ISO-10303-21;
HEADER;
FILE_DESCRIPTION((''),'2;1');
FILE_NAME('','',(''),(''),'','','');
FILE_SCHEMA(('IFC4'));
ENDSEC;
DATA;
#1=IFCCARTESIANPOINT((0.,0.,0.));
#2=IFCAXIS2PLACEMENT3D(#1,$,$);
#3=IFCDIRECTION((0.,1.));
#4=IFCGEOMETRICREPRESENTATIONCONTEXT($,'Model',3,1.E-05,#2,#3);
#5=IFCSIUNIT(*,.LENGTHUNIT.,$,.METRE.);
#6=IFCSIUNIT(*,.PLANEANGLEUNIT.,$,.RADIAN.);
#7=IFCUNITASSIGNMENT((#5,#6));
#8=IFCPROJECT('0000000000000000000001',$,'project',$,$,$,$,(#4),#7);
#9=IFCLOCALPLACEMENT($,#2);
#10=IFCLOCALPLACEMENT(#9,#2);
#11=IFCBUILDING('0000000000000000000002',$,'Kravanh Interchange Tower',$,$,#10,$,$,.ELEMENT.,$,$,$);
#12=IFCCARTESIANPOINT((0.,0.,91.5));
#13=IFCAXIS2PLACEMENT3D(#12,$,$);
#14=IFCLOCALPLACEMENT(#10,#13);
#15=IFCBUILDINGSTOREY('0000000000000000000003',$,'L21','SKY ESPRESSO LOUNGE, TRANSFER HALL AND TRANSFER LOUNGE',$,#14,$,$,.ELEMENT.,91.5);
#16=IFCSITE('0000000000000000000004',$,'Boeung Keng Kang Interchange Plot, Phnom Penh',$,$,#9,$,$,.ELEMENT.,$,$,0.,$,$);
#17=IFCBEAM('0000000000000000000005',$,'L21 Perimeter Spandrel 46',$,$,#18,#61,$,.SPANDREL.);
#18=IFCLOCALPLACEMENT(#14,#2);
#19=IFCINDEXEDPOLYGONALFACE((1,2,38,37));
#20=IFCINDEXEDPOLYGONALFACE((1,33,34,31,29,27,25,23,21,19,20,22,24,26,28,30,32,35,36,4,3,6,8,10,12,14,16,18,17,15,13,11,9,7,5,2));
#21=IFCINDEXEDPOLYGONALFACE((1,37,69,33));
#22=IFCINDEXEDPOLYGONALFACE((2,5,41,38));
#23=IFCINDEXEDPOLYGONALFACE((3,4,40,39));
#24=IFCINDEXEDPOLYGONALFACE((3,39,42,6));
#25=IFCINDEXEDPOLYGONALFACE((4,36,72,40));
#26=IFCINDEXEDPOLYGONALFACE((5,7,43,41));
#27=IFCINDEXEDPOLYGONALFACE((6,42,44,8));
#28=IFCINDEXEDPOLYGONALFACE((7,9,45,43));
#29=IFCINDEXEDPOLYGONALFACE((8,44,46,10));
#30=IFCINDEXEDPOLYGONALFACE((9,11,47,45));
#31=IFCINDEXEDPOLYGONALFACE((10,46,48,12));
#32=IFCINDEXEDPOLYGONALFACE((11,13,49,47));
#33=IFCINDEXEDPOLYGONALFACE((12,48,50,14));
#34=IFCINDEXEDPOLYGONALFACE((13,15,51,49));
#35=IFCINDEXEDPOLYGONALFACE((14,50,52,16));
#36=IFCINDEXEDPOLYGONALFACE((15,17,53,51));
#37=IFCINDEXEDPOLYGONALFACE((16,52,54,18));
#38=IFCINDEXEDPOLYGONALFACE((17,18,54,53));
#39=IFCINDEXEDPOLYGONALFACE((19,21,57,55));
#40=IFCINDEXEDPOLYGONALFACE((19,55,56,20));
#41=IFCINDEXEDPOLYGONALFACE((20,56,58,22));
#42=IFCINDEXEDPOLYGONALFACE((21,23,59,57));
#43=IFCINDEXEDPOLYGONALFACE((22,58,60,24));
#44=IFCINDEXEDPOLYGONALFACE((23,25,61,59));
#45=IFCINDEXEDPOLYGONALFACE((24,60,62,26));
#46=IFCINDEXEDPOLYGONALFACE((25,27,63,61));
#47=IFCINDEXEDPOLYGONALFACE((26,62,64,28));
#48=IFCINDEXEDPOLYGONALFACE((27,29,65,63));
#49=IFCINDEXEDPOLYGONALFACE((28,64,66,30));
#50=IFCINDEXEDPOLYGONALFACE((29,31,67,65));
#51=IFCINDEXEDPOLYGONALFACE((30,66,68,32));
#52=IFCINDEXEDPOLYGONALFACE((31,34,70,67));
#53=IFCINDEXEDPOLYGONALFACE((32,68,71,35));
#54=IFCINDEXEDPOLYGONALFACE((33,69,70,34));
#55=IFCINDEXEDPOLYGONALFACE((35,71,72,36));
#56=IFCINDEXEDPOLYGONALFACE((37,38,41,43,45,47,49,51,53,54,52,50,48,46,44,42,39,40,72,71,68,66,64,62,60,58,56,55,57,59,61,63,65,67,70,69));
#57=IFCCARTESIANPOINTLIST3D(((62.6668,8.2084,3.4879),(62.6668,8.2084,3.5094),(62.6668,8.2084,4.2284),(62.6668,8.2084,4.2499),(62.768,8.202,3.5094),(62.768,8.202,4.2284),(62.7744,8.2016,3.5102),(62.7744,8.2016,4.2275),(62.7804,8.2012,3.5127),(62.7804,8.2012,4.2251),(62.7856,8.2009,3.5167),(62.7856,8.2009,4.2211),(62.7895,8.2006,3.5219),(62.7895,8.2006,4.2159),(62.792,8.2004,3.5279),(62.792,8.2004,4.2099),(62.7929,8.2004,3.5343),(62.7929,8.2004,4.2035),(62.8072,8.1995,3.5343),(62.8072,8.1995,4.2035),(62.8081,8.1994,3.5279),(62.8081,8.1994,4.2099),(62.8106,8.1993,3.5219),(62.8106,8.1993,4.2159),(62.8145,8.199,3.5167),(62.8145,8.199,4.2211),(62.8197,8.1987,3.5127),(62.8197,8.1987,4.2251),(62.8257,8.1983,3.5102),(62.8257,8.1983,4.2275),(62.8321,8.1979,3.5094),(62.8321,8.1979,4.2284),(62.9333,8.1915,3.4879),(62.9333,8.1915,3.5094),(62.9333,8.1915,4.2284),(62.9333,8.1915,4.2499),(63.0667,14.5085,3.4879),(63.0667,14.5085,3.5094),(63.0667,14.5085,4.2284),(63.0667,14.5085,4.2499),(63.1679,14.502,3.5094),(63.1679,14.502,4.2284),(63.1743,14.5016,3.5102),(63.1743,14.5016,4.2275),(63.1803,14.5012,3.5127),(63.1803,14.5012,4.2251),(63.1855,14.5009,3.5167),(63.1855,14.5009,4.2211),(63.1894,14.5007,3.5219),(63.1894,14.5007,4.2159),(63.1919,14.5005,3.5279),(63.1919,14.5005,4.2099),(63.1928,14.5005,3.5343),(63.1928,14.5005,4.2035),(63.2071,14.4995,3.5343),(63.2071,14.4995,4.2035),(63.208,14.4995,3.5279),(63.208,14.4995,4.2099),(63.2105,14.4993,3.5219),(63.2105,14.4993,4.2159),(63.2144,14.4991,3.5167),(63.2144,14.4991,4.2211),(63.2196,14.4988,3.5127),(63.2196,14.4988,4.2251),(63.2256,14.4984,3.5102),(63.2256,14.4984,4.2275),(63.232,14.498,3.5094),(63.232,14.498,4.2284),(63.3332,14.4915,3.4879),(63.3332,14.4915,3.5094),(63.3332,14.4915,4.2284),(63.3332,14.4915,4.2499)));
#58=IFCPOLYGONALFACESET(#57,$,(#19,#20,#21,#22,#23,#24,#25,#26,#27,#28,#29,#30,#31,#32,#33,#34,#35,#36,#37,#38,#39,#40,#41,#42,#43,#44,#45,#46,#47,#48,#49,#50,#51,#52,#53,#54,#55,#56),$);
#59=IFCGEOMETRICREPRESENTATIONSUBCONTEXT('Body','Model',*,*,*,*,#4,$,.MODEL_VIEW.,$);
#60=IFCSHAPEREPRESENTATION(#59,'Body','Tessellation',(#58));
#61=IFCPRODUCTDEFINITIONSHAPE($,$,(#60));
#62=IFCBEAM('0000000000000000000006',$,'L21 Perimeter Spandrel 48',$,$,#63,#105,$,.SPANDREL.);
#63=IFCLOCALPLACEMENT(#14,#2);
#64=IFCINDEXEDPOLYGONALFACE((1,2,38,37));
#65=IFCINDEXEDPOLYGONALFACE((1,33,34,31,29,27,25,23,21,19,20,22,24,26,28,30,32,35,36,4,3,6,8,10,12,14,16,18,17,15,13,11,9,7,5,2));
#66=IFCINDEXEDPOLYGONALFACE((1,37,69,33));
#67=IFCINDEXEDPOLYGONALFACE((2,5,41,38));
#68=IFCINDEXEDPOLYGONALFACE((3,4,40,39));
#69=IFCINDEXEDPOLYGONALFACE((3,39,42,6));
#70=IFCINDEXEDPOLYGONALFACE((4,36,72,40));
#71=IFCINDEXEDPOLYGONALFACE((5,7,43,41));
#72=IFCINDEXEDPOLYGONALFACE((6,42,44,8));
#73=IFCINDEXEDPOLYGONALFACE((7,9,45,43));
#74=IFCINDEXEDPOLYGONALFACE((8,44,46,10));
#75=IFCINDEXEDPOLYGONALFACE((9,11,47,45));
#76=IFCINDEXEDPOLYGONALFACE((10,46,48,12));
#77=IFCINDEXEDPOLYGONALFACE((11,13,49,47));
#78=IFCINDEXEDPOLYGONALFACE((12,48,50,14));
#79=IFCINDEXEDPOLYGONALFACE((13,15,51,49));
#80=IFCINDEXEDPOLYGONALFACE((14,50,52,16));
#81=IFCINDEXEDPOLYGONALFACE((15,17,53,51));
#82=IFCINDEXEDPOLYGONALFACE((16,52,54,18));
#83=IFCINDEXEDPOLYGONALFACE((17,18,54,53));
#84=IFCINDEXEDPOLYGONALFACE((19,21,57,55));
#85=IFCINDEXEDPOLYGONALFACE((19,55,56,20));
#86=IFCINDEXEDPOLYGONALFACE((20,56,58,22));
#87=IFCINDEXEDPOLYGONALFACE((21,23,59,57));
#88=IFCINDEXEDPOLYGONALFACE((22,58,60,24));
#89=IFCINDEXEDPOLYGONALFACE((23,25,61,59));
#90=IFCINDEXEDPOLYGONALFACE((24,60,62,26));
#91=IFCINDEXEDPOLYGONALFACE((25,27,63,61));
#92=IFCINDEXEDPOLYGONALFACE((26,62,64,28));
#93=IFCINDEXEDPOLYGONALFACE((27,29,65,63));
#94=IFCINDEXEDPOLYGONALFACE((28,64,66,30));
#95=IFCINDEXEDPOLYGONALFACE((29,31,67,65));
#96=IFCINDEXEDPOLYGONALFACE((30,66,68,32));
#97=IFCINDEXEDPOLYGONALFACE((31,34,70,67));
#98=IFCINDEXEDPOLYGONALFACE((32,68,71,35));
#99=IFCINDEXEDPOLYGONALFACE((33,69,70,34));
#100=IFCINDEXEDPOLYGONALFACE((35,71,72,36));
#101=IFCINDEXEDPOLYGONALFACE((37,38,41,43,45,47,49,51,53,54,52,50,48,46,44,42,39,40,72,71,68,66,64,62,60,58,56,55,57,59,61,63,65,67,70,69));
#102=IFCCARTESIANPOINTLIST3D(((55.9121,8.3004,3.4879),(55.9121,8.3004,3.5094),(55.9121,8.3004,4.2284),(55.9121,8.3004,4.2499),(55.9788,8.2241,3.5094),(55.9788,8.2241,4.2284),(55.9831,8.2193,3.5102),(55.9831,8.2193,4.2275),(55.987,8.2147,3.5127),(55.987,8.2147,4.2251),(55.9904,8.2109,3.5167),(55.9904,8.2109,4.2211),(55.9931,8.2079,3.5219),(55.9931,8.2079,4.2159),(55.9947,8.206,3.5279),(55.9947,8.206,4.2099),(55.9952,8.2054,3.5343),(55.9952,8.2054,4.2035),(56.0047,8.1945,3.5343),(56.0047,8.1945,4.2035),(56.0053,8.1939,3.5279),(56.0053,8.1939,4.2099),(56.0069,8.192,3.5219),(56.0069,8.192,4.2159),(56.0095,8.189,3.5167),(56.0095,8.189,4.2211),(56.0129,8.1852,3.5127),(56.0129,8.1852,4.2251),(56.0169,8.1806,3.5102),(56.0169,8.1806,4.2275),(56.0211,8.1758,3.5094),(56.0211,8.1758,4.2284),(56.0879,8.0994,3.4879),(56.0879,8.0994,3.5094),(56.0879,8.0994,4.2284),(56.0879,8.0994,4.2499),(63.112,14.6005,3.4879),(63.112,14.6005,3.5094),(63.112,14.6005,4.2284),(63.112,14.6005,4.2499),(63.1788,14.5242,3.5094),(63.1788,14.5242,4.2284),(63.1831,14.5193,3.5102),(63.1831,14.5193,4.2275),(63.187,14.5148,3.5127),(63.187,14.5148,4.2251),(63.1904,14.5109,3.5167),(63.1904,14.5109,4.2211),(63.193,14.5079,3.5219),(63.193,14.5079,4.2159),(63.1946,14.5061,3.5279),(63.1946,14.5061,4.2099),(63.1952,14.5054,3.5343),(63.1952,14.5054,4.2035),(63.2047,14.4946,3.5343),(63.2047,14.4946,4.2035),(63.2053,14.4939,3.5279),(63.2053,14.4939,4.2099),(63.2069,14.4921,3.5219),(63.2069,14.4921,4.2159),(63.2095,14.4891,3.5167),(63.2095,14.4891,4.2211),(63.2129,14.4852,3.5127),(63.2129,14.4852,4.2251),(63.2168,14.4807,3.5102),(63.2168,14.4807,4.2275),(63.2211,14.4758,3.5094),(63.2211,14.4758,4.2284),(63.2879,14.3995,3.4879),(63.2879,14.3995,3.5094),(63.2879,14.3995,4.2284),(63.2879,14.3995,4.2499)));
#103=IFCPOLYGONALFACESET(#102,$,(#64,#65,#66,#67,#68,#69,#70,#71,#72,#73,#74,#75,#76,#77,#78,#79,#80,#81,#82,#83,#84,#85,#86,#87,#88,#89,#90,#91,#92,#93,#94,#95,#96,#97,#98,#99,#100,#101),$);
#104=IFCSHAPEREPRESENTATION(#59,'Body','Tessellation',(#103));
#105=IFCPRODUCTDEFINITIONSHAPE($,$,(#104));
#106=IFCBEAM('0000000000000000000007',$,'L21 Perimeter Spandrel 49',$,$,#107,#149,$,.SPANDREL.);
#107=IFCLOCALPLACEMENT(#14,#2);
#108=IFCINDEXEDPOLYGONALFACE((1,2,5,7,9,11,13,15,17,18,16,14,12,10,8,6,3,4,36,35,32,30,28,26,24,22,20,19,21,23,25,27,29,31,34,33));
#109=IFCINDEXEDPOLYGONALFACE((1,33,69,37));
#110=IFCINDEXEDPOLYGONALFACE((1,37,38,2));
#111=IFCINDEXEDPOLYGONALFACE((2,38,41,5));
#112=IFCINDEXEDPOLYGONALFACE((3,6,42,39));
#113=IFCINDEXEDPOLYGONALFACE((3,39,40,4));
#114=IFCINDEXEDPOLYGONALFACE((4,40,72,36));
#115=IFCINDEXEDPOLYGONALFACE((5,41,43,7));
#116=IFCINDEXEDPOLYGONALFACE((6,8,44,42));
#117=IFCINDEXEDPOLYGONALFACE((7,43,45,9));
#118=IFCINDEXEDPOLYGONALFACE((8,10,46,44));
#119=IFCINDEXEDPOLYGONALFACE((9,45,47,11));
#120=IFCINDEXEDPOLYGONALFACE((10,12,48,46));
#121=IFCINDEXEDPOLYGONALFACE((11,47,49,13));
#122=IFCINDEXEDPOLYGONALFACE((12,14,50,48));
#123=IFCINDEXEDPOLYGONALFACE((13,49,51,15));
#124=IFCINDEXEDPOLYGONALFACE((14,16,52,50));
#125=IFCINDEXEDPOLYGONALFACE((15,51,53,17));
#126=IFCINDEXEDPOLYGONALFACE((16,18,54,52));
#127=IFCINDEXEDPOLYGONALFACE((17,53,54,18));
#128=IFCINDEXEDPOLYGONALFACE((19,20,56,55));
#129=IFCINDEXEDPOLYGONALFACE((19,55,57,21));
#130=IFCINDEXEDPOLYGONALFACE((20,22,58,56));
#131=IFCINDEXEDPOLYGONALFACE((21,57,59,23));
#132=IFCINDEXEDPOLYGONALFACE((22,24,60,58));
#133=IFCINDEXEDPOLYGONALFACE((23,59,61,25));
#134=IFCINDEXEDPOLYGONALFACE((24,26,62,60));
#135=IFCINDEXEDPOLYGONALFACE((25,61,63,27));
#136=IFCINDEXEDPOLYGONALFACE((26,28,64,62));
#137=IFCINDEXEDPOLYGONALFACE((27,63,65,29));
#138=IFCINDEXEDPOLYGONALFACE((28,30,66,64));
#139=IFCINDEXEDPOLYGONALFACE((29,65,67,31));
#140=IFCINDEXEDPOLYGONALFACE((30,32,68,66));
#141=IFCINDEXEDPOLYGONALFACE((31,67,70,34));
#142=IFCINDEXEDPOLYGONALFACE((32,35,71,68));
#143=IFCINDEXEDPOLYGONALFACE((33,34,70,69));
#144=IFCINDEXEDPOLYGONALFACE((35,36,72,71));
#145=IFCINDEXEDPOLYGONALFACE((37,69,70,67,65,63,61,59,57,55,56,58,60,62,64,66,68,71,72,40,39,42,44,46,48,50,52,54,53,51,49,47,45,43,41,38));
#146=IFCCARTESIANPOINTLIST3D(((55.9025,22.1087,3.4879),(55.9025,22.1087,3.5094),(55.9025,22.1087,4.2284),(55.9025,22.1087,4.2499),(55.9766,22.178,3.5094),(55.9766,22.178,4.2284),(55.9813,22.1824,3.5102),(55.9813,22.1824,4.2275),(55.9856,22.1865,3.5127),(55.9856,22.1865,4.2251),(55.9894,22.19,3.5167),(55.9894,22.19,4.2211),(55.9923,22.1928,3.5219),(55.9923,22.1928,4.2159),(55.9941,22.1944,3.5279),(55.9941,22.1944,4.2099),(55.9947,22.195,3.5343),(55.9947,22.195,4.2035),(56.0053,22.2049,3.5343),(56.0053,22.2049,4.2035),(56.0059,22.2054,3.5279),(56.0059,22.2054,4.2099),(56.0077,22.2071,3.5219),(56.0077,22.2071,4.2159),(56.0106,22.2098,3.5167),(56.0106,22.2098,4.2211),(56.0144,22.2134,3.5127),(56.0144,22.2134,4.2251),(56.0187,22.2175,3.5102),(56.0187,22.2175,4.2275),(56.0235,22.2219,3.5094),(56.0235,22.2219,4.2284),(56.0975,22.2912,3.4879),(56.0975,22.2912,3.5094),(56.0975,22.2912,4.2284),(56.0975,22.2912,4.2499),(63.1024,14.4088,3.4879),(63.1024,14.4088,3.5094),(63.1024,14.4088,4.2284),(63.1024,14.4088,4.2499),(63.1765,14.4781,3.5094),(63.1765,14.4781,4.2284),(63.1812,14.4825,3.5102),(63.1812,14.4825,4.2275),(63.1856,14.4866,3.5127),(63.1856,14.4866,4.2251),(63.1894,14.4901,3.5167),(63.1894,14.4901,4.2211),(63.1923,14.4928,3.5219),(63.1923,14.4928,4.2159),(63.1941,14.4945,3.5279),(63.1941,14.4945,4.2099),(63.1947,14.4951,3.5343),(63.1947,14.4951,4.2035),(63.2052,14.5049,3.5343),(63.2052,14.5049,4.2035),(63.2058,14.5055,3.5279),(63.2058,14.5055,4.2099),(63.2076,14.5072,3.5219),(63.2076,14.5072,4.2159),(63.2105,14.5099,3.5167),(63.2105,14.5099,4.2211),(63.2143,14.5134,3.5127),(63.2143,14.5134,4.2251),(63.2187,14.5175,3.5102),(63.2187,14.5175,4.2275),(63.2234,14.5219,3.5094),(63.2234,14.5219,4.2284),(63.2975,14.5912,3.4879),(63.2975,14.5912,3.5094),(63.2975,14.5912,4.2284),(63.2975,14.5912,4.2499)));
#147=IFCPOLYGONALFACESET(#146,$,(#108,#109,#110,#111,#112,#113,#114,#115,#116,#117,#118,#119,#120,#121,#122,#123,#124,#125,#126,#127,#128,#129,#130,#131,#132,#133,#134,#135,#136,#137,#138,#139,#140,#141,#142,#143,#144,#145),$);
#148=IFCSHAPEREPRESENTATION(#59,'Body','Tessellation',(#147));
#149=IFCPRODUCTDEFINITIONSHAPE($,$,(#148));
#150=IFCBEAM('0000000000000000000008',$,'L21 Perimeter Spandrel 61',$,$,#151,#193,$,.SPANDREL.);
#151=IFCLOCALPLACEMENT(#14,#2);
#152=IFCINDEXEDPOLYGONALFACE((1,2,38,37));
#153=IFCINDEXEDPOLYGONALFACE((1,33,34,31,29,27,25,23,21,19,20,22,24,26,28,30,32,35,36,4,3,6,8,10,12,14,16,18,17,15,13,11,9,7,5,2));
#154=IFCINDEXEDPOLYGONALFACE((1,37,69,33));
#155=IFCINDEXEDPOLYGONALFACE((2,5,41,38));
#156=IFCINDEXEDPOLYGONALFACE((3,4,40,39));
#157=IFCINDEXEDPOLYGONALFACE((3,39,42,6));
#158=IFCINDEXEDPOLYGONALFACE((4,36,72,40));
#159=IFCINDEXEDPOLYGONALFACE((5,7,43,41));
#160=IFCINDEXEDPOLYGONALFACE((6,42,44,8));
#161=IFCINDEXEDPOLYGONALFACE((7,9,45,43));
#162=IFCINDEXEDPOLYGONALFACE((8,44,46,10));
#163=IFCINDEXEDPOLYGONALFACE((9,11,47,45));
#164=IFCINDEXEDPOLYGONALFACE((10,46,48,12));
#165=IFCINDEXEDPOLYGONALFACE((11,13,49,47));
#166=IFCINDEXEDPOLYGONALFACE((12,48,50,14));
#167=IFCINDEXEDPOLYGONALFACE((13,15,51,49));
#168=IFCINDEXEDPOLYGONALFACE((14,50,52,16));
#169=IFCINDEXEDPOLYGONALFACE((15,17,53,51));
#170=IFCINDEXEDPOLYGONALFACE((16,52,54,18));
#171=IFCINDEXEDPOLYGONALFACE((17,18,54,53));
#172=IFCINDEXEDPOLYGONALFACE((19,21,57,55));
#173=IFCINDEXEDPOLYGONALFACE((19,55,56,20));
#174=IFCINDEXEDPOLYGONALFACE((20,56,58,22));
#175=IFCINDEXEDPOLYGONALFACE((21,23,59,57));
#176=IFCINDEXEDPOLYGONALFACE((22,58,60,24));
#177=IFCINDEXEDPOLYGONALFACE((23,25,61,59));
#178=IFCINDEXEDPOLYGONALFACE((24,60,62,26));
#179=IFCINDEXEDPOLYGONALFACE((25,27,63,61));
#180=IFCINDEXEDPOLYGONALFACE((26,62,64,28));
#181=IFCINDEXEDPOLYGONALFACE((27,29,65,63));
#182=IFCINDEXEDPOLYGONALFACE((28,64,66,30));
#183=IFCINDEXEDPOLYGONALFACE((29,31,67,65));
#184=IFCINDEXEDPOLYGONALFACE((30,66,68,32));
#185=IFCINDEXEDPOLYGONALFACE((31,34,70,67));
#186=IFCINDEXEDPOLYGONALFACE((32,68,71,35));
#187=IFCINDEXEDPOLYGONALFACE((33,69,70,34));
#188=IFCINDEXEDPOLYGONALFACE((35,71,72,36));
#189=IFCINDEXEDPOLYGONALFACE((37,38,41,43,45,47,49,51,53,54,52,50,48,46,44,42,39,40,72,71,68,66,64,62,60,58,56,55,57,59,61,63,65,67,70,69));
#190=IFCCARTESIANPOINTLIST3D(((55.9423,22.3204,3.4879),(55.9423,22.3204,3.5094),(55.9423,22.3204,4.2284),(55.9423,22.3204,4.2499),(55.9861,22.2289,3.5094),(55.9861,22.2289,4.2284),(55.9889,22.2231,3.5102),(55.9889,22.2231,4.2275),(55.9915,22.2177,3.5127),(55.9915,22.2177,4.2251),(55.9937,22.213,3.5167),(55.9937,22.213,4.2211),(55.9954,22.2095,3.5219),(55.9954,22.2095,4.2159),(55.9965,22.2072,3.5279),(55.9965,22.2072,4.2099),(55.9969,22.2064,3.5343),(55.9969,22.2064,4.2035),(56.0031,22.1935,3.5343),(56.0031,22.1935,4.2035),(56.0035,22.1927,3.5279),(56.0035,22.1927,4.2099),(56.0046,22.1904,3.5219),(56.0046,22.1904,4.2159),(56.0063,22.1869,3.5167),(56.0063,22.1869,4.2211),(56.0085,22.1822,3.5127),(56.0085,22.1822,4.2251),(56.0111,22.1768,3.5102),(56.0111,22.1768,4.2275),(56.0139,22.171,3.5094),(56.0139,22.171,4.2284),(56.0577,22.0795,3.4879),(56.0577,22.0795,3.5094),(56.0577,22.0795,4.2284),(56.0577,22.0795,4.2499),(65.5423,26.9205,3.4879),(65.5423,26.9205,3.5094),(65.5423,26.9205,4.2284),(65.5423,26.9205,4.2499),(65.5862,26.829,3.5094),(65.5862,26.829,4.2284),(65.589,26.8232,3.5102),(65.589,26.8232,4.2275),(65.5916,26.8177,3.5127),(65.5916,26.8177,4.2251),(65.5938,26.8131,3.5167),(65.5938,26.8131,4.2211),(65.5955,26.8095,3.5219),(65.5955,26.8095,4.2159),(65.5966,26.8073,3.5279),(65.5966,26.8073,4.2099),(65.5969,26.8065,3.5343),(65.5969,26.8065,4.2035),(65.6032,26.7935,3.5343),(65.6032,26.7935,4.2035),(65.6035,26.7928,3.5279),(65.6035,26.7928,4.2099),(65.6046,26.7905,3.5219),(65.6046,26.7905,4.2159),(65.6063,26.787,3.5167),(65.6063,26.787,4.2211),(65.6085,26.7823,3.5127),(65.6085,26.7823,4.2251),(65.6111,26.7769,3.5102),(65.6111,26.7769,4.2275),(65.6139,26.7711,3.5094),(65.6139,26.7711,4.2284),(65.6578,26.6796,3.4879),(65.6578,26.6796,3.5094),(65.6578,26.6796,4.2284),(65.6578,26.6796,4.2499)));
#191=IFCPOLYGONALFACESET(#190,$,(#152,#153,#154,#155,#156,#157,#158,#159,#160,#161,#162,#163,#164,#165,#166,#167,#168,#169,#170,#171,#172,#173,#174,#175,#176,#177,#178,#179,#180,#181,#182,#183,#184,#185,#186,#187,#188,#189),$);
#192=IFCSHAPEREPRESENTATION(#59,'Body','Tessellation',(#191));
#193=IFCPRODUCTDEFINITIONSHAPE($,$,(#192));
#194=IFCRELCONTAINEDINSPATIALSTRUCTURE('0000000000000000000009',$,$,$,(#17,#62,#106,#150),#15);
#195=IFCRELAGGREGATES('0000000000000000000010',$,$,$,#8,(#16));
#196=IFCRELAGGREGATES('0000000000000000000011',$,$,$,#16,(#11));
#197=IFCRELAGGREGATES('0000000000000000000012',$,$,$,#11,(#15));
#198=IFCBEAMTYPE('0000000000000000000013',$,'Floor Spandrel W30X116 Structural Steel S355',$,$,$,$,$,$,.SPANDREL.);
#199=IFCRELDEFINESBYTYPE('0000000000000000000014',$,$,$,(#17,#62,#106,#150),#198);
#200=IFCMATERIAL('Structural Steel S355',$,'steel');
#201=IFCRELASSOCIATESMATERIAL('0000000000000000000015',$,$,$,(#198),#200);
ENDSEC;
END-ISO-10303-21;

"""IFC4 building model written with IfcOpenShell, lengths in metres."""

from ifc_helpers import new_model, si_unit, direction, frame, origin, origin_2d, place, context, subcontext, project, spatial, i_section, extrude, material, material_profile, profile_set, type_object, element, save


model = new_model("IFC4")

# Units and contexts
model_context = context("Model", 3, precision=1e-05, world=origin(), true_north=direction((0.0, 1.0)))
body_context = subcontext(model_context, "Body", "Model", "MODEL_VIEW")
ifc_project = project(units=[si_unit("LENGTHUNIT", "METRE"), si_unit("PLANEANGLEUNIT", "RADIAN")], contexts=[model_context])

# Site, building, storey
site_placement = place(None, origin())
site = spatial("IfcSite", under=ifc_project, at=site_placement, Name="Boeung Keng Kang Interchange Plot, Phnom Penh", CompositionType="ELEMENT", RefElevation=0.0)
building_placement = place(site_placement, origin())
building = spatial("IfcBuilding", under=site, at=building_placement, Name="Kravanh Interchange Tower", CompositionType="ELEMENT")
storey_placement = place(building_placement, frame((0.0, 0.0, 91.5)))
storey = spatial("IfcBuildingStorey", under=building, at=storey_placement, Name="L21", Description="SKY ESPRESSO LOUNGE, TRANSFER HALL AND TRANSFER LOUNGE", CompositionType="ELEMENT", Elevation=91.5)

# Beams
ifc_material_1 = material(Name="Structural Steel S355", Category="steel")
ifc_material_profile_1 = material_profile(ifc_material_1, i_section(OverallWidth=0.2671, OverallDepth=0.762, WebThickness=0.0144, FlangeThickness=0.0215, FilletRadius=0.0249, at=origin_2d()), Name="W30X116")
ifc_profile_set_1 = profile_set([ifc_material_profile_1], Name="Structural Steel S355")
beam_type_1 = type_object("IfcBeamType", Name="Floor Spandrel W30X116 Structural Steel S355", PredefinedType="SPANDREL", material=ifc_profile_set_1)
beam_1_placement = place(storey_placement, frame((63.2, 14.5, 3.8689), z_axis=(-0.063349, -0.997991, 0.0), x_axis=(0.997991, -0.063349, 0.0)))
element("IfcBeam", 1, at=beam_1_placement, inside=storey, type_object=beam_type_1, Name="L21 Perimeter Spandrel 46", PredefinedType="SPANDREL", context=body_context, shape_type="SweptSolid", body=[
    extrude(i_section(OverallWidth=0.2671, OverallDepth=0.762, WebThickness=0.0144, FlangeThickness=0.0215, FilletRadius=0.0249, at=origin_2d()), origin(), (0.0, 0.0, 1.0), 6.3127),
])
beam_2_placement = place(storey_placement, frame((63.2, 14.5, 3.8689), z_axis=(-0.752572, -0.65851, 0.0), x_axis=(0.65851, -0.752572, 0.0)))
element("IfcBeam", 2, at=beam_2_placement, inside=storey, type_object=beam_type_1, Name="L21 Perimeter Spandrel 48", PredefinedType="SPANDREL", context=body_context, shape_type="SweptSolid", body=[
    extrude(i_section(OverallWidth=0.2671, OverallDepth=0.762, WebThickness=0.0144, FlangeThickness=0.0215, FilletRadius=0.0249, at=origin_2d()), origin(), (0.0, 0.0, 1.0), 9.5671),
])
beam_3_placement = place(storey_placement, frame((63.2, 14.5, 3.8689), z_axis=(-0.682994, 0.730424, 0.0), x_axis=(-0.730424, -0.682994, 0.0)))
element("IfcBeam", 3, at=beam_3_placement, inside=storey, type_object=beam_type_1, Name="L21 Perimeter Spandrel 49", PredefinedType="SPANDREL", context=body_context, shape_type="SweptSolid", body=[
    extrude(i_section(OverallWidth=0.2671, OverallDepth=0.762, WebThickness=0.0144, FlangeThickness=0.0215, FilletRadius=0.0249, at=origin_2d()), origin(), (0.0, 0.0, 1.0), 10.5417),
])
beam_4_placement = place(storey_placement, frame((56.0, 22.2, 3.8689), z_axis=(0.901814, 0.432124, 0.0), x_axis=(-0.432124, 0.901814, 0.0)))
element("IfcBeam", 4, at=beam_4_placement, inside=storey, type_object=beam_type_1, Name="L21 Perimeter Spandrel 61", PredefinedType="SPANDREL", context=body_context, shape_type="SweptSolid", body=[
    extrude(i_section(OverallWidth=0.2671, OverallDepth=0.762, WebThickness=0.0144, FlangeThickness=0.0215, FilletRadius=0.0249, at=origin_2d()), origin(), (0.0, 0.0, 1.0), 10.6453),
])

save(model, "model.ifc")
